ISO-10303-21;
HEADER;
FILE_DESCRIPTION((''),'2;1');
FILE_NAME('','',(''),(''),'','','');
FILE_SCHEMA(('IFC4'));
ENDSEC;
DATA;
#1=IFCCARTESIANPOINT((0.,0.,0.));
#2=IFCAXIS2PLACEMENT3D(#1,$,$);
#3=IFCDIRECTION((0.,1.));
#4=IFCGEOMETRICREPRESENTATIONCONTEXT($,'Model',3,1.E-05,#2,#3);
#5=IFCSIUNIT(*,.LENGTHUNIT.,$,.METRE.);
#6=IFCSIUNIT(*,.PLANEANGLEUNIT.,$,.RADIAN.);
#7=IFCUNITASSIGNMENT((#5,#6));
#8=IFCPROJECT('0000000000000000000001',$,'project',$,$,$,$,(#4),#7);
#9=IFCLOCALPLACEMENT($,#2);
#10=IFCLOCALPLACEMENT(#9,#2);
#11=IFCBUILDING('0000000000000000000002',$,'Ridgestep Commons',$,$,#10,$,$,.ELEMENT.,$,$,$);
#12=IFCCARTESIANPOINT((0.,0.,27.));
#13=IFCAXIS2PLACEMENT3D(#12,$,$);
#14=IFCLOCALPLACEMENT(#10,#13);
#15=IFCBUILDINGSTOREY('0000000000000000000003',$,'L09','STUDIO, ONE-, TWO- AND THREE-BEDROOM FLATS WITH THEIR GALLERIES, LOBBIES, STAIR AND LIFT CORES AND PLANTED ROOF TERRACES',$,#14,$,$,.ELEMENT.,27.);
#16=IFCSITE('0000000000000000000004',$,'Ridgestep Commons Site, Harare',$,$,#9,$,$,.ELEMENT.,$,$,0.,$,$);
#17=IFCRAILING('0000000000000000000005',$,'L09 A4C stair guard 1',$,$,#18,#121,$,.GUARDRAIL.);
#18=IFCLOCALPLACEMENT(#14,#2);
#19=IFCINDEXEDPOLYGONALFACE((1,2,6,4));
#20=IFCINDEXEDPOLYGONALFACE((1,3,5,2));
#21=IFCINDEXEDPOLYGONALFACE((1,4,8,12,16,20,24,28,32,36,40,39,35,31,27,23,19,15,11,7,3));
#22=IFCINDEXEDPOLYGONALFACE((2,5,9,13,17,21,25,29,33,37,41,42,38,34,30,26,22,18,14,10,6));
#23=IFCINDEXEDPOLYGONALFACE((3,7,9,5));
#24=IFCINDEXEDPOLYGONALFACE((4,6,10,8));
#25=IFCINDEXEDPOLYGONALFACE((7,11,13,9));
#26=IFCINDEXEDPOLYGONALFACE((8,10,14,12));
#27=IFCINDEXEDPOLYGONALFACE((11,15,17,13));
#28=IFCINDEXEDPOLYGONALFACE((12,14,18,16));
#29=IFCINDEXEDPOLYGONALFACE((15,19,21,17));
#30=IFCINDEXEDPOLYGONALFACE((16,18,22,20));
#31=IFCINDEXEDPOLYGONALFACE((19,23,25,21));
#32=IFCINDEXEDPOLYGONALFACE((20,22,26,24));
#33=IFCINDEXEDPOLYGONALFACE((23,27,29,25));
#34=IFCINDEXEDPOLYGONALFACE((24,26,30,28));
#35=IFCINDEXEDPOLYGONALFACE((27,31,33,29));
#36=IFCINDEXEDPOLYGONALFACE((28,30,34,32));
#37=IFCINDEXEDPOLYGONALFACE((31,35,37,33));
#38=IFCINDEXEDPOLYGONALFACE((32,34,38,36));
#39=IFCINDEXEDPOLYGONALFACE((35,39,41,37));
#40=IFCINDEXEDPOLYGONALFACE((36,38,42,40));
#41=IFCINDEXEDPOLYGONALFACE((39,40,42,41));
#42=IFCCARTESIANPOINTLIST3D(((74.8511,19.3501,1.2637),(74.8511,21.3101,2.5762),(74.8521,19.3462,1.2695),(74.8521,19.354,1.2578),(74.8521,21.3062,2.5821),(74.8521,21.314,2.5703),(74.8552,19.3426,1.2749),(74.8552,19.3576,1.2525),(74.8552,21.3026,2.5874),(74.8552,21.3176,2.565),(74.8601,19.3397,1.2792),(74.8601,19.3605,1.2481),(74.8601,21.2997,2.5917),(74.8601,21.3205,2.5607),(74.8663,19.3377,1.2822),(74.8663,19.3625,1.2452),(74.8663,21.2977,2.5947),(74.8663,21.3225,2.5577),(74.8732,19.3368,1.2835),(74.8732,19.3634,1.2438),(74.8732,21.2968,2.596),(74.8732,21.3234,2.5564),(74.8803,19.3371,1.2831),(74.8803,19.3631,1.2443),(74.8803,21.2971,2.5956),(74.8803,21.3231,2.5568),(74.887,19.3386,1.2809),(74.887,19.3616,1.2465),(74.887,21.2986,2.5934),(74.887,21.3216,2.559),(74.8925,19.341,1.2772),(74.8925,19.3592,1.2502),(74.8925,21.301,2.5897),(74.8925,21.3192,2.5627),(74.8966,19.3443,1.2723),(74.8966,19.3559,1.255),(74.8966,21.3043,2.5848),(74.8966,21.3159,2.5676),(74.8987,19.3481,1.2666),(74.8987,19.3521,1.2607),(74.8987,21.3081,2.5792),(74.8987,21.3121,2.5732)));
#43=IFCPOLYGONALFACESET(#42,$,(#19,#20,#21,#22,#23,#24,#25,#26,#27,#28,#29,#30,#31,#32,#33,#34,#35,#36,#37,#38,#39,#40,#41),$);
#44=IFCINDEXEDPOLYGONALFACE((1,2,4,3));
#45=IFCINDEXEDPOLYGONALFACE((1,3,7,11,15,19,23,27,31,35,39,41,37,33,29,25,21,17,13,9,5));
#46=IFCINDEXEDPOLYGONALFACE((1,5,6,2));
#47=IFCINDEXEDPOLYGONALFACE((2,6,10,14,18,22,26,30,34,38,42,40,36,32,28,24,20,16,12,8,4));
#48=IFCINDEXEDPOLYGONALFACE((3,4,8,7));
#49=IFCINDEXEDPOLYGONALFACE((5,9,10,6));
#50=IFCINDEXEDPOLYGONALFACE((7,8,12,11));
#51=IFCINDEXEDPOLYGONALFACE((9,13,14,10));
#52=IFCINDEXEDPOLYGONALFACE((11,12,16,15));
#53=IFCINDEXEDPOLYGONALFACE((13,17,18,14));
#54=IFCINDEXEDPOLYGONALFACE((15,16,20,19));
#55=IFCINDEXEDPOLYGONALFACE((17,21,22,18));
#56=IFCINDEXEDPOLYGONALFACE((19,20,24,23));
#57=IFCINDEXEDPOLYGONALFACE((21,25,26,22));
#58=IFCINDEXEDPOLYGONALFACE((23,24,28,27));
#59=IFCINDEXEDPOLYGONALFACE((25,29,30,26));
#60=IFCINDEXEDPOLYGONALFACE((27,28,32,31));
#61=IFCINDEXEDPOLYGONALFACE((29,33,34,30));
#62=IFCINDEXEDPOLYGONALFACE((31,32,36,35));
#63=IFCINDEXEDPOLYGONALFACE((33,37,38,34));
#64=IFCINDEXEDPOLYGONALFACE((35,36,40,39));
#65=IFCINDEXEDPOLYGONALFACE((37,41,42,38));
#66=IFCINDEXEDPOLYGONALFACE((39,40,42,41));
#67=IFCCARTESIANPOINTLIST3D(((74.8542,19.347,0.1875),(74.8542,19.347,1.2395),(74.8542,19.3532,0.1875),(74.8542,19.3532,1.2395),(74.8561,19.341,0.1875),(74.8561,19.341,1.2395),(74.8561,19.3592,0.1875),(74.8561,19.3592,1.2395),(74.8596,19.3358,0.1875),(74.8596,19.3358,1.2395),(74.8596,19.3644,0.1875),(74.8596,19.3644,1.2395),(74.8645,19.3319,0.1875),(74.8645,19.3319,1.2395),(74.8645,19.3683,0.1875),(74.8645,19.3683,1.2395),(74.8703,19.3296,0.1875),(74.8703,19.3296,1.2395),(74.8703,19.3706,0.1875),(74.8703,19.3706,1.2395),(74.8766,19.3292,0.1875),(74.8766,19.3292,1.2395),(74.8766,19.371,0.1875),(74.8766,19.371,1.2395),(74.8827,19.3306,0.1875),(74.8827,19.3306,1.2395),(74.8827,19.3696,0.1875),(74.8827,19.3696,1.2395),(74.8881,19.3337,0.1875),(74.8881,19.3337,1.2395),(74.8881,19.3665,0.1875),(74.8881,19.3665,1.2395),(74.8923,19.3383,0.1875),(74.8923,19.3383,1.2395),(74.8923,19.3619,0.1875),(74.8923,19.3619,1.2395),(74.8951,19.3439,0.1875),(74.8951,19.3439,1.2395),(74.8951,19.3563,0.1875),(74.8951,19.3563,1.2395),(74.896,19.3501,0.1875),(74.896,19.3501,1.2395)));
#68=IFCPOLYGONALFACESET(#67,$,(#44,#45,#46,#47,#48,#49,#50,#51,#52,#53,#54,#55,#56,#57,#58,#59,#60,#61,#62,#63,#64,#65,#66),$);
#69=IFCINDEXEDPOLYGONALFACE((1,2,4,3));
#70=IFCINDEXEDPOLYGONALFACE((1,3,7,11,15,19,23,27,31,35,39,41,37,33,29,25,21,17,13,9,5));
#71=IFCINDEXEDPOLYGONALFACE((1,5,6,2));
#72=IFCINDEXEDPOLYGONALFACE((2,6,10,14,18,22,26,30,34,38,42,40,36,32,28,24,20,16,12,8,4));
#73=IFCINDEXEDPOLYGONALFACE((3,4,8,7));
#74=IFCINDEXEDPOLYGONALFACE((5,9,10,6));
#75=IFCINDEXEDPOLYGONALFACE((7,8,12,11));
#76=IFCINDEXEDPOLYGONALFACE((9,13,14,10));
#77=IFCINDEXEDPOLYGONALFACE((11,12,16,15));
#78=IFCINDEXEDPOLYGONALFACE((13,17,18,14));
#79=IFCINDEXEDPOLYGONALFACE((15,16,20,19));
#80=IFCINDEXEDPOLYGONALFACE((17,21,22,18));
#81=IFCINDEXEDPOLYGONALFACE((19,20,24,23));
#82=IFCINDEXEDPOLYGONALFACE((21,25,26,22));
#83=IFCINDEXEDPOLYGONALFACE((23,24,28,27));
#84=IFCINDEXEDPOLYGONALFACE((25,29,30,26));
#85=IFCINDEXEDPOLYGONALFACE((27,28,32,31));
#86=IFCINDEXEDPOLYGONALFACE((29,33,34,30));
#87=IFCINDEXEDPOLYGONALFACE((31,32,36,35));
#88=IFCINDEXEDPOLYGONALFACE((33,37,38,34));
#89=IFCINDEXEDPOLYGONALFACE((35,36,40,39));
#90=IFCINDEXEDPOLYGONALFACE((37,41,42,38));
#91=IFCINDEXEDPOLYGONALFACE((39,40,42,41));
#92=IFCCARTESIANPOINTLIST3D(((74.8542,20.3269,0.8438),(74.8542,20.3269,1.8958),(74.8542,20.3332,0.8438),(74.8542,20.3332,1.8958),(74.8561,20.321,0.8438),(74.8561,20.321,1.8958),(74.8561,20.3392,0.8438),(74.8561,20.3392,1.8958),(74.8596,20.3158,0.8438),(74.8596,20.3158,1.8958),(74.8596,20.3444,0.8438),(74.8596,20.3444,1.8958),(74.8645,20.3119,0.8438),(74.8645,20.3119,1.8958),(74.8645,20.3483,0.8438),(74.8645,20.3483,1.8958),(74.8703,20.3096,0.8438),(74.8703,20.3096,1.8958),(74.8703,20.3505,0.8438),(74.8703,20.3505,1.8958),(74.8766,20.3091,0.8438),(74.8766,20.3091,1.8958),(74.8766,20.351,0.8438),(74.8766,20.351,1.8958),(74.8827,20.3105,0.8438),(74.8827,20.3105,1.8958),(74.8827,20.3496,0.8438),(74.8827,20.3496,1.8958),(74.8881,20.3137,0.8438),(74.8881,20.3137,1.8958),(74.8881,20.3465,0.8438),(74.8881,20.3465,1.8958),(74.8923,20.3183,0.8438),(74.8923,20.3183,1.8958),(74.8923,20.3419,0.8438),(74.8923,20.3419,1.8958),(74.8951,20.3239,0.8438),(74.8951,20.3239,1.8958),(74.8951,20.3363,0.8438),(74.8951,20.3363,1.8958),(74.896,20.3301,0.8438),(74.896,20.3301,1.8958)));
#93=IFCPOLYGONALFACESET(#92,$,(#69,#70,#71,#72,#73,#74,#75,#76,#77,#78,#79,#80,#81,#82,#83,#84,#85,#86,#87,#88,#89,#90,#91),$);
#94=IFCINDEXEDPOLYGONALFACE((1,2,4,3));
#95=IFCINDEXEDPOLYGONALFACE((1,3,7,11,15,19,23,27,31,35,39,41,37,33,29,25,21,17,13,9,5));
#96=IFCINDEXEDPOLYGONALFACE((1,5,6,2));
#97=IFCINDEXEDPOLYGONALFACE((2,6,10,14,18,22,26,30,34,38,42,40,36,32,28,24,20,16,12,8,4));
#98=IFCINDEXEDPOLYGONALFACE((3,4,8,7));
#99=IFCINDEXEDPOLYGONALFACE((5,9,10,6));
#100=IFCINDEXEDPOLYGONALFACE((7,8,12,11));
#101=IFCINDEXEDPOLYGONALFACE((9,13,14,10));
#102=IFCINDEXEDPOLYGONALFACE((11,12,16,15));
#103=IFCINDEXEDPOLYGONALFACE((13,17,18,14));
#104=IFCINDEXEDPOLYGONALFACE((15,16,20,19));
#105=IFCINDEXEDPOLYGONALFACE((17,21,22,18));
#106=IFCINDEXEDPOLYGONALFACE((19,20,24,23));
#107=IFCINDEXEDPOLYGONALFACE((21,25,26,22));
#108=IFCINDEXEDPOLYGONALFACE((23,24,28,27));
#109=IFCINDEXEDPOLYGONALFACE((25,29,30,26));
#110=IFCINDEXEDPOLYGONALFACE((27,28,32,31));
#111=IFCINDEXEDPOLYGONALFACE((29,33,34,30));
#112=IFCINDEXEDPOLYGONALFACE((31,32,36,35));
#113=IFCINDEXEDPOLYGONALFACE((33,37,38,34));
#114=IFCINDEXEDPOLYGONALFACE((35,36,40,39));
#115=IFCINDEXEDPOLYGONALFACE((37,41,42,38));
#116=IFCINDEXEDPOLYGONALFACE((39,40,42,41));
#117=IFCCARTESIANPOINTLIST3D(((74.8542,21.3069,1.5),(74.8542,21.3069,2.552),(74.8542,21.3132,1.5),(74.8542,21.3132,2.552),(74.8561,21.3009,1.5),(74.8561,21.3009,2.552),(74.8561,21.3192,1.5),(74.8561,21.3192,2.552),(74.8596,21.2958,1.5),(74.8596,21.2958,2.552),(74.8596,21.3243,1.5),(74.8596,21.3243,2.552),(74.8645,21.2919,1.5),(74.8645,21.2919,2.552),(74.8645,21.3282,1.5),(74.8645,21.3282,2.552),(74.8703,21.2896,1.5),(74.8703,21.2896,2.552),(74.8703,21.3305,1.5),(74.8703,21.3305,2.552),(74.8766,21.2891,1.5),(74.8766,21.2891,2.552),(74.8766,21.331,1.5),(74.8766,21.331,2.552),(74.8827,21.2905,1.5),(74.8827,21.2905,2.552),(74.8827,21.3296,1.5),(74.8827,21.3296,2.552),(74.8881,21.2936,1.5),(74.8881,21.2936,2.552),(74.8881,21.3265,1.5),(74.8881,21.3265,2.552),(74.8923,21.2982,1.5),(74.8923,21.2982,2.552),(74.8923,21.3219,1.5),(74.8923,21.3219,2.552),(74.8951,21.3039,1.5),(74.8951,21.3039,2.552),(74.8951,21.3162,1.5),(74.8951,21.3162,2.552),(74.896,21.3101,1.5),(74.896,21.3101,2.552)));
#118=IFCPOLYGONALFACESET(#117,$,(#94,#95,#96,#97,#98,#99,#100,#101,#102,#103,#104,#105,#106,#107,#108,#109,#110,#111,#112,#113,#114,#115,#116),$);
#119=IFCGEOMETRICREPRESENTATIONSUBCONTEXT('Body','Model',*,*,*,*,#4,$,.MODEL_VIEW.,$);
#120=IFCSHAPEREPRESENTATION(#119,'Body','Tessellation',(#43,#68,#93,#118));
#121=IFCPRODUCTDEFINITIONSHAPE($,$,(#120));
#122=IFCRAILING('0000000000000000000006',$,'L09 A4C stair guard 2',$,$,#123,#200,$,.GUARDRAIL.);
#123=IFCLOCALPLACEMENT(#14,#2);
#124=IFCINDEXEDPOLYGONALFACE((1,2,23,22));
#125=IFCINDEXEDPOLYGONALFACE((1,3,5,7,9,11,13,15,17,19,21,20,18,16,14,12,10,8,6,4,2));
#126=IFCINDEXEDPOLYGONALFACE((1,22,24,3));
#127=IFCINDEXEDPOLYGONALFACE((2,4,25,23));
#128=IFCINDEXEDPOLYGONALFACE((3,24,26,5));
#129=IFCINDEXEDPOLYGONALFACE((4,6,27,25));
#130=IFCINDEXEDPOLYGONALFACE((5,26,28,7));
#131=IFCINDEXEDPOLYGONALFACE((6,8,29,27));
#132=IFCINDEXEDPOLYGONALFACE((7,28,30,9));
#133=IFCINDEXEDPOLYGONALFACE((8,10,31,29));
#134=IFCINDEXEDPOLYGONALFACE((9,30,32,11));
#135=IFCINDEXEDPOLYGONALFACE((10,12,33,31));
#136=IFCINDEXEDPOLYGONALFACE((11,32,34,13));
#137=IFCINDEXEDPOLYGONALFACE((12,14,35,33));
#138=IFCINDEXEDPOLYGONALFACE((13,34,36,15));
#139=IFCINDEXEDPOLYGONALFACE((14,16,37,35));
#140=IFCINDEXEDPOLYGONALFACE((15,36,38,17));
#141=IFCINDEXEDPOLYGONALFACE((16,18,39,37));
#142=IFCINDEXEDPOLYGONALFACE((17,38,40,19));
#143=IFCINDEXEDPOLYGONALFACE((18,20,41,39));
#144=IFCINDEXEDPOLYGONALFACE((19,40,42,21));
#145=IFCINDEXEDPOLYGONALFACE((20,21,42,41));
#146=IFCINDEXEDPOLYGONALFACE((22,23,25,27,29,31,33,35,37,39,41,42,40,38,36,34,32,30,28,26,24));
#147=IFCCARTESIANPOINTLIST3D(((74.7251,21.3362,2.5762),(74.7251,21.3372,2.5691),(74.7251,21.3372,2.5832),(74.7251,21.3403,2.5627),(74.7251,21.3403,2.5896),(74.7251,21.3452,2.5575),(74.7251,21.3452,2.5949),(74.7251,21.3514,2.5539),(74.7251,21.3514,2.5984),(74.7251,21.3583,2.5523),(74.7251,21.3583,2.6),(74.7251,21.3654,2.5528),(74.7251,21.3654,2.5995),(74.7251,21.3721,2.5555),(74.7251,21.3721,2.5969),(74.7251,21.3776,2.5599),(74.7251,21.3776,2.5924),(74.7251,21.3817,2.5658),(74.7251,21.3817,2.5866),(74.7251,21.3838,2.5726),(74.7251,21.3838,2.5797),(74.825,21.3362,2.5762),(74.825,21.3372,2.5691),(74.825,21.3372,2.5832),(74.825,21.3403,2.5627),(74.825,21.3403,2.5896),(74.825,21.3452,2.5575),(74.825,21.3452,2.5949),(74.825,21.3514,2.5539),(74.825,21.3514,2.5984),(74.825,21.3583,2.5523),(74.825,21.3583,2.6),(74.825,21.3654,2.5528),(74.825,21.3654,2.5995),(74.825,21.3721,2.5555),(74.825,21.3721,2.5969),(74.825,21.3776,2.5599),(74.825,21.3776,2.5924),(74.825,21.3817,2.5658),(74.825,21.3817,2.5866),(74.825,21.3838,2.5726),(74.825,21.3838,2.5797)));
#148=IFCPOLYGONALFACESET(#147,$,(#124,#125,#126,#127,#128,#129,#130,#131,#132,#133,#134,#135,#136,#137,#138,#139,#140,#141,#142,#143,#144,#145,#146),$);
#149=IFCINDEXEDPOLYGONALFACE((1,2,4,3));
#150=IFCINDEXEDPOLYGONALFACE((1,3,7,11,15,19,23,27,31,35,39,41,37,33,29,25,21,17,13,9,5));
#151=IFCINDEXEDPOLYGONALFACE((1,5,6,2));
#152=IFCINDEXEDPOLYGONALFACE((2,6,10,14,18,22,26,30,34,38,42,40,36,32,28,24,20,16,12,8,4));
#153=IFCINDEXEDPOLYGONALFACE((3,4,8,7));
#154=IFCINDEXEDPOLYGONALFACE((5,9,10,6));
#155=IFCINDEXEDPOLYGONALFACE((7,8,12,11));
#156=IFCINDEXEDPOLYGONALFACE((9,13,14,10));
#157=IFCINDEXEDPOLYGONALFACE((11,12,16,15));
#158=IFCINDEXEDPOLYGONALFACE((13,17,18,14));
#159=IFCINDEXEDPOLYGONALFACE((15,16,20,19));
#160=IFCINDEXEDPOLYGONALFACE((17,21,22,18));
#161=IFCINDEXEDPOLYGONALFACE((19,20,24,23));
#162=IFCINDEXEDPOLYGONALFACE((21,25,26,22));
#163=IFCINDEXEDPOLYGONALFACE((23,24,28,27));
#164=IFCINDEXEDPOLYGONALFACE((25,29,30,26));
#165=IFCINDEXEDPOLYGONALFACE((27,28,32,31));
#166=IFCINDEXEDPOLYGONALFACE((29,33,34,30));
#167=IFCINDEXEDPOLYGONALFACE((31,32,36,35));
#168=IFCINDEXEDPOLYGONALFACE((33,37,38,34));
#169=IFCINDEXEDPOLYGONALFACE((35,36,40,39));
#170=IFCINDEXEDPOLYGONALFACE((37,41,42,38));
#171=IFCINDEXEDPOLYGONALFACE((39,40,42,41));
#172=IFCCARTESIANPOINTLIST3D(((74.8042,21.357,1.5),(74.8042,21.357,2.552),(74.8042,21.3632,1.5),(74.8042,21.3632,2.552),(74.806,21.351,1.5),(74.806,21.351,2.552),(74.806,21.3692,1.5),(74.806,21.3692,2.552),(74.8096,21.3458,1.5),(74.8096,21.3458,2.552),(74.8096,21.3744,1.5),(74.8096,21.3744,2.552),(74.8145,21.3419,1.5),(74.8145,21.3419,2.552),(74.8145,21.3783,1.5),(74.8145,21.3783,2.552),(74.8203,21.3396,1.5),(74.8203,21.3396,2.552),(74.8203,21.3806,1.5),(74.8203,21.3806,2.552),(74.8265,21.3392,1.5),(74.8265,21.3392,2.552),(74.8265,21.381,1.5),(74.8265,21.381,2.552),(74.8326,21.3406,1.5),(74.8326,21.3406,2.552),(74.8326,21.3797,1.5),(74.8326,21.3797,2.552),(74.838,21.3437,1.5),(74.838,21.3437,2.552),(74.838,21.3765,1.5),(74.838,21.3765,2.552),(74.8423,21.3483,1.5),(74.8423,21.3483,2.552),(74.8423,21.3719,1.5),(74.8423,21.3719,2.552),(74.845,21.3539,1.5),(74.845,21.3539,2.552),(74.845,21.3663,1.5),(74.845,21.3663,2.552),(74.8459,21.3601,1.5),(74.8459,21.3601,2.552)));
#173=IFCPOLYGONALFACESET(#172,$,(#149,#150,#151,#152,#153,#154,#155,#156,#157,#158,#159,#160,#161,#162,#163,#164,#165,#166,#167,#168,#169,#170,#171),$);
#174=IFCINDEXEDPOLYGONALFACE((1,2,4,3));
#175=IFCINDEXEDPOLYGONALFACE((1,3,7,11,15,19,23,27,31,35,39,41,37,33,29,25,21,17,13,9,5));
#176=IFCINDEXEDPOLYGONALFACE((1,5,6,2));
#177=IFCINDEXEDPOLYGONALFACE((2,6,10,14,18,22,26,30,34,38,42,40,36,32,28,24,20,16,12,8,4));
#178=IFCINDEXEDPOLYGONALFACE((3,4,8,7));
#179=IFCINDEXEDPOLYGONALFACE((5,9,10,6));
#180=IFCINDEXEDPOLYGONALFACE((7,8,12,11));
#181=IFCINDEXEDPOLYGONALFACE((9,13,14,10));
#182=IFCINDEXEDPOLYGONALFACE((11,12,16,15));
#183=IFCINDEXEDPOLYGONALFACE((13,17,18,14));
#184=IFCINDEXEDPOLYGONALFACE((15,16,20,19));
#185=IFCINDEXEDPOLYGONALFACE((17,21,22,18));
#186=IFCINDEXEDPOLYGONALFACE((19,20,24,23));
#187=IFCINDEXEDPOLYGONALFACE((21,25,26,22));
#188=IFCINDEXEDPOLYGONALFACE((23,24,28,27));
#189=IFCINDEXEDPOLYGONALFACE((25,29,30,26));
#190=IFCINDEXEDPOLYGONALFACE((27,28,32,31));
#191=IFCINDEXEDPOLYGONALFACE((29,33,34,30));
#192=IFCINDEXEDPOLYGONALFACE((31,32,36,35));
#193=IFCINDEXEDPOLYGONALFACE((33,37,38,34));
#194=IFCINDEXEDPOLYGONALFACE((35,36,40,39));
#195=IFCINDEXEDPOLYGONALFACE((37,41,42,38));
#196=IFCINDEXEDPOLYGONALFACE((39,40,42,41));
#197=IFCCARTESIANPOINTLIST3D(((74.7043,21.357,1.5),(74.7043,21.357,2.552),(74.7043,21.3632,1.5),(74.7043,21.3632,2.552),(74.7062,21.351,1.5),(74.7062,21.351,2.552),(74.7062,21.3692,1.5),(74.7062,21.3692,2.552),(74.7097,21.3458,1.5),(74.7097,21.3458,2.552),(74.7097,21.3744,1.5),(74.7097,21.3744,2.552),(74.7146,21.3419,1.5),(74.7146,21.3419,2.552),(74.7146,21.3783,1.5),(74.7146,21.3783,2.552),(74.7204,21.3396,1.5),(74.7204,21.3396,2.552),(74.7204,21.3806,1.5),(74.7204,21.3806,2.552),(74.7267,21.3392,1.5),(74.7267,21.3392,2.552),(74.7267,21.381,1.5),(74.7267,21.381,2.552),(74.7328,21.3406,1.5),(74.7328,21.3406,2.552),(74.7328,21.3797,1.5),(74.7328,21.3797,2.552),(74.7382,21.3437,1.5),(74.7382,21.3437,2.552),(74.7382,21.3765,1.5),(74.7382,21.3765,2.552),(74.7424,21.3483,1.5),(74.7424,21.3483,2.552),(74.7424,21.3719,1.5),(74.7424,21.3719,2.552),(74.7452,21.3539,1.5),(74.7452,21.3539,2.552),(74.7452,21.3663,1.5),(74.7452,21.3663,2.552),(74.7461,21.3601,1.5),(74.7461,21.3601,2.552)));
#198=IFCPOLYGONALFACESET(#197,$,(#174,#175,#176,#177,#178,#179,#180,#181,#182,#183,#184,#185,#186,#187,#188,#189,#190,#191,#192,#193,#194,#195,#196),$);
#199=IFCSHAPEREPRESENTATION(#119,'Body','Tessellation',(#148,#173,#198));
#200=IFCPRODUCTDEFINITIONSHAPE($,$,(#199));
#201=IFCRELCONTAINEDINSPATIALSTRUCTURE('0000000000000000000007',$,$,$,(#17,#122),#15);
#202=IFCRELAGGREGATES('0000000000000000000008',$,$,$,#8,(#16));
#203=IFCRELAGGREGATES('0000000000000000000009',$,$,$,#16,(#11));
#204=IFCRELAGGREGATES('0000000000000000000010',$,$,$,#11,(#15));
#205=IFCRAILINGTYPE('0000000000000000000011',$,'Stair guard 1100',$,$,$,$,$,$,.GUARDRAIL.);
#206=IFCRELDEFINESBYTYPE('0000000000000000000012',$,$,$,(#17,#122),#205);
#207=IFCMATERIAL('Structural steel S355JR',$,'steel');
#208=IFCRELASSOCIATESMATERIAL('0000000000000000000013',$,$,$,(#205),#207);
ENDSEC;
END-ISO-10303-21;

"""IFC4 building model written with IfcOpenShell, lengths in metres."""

from ifc_helpers import new_model, si_unit, direction, frame, origin, origin_2d, place, context, subcontext, project, spatial, circle, extrude, material, type_object, element, save


model = new_model("IFC4")

# Units and contexts
model_context = context("Model", 3, precision=1e-05, world=origin(), true_north=direction((0.0, 1.0)))
body_context = subcontext(model_context, "Body", "Model", "MODEL_VIEW")
ifc_project = project(units=[si_unit("LENGTHUNIT", "METRE"), si_unit("PLANEANGLEUNIT", "RADIAN")], contexts=[model_context])

# Site, building, storey
site_placement = place(None, origin())
site = spatial("IfcSite", under=ifc_project, at=site_placement, Name="Ridgestep Commons Site, Harare", CompositionType="ELEMENT", RefElevation=0.0)
building_placement = place(site_placement, origin())
building = spatial("IfcBuilding", under=site, at=building_placement, Name="Ridgestep Commons", CompositionType="ELEMENT")
storey_placement = place(building_placement, frame((0.0, 0.0, 27.0)))
storey = spatial("IfcBuildingStorey", under=building, at=storey_placement, Name="L09", Description="STUDIO, ONE-, TWO- AND THREE-BEDROOM FLATS WITH THEIR GALLERIES, LOBBIES, STAIR AND LIFT CORES AND PLANTED ROOF TERRACES", CompositionType="ELEMENT", Elevation=27.0)

# Railings
ifc_material_1 = material(Name="Structural steel S355JR", Category="steel")
railing_type_1 = type_object("IfcRailingType", Name="Stair guard 1100", PredefinedType="GUARDRAIL", material=ifc_material_1)
railing_1_placement = place(storey_placement, frame((74.875, 19.3501, 0.1875)))
element("IfcRailing", 1, at=railing_1_placement, inside=storey, type_object=railing_type_1, Name="L09 A4C stair guard 1", PredefinedType="GUARDRAIL", context=body_context, shape_type="SweptSolid", body=[
    extrude(circle(Radius=0.0239, at=origin_2d()), frame((0.0, 0.0, 1.0762), z_axis=(0.0, 0.830902, 0.556419), x_axis=(-1.0, 0.0, 0.0)), (0.0, 0.0, 1.0), 2.3589),
    extrude(circle(Radius=0.021, at=origin_2d()), origin(), (0.0, 0.0, 1.0), 1.052),
    extrude(circle(Radius=0.021, at=origin_2d()), frame((0.0, 0.98, 0.6562)), (0.0, 0.0, 1.0), 1.052),
    extrude(circle(Radius=0.021, at=origin_2d()), frame((0.0, 1.96, 1.3125)), (0.0, 0.0, 1.0), 1.052),
])
railing_2_placement = place(storey_placement, frame((74.825, 21.3601, 1.5)))
element("IfcRailing", 2, at=railing_2_placement, inside=storey, type_object=railing_type_1, Name="L09 A4C stair guard 2", PredefinedType="GUARDRAIL", context=body_context, shape_type="SweptSolid", body=[
    extrude(circle(Radius=0.0239, at=origin_2d()), frame((0.0, 0.0, 1.0762), z_axis=(-1.0, 0.0, 0.0), x_axis=(0.0, -1.0, 0.0)), (0.0, 0.0, 1.0), 0.0999),
    extrude(circle(Radius=0.021, at=origin_2d()), origin(), (0.0, 0.0, 1.0), 1.052),
    extrude(circle(Radius=0.021, at=origin_2d()), frame((-0.0999, 0.0, 0.0)), (0.0, 0.0, 1.0), 1.052),
])

save(model, "model.ifc")
